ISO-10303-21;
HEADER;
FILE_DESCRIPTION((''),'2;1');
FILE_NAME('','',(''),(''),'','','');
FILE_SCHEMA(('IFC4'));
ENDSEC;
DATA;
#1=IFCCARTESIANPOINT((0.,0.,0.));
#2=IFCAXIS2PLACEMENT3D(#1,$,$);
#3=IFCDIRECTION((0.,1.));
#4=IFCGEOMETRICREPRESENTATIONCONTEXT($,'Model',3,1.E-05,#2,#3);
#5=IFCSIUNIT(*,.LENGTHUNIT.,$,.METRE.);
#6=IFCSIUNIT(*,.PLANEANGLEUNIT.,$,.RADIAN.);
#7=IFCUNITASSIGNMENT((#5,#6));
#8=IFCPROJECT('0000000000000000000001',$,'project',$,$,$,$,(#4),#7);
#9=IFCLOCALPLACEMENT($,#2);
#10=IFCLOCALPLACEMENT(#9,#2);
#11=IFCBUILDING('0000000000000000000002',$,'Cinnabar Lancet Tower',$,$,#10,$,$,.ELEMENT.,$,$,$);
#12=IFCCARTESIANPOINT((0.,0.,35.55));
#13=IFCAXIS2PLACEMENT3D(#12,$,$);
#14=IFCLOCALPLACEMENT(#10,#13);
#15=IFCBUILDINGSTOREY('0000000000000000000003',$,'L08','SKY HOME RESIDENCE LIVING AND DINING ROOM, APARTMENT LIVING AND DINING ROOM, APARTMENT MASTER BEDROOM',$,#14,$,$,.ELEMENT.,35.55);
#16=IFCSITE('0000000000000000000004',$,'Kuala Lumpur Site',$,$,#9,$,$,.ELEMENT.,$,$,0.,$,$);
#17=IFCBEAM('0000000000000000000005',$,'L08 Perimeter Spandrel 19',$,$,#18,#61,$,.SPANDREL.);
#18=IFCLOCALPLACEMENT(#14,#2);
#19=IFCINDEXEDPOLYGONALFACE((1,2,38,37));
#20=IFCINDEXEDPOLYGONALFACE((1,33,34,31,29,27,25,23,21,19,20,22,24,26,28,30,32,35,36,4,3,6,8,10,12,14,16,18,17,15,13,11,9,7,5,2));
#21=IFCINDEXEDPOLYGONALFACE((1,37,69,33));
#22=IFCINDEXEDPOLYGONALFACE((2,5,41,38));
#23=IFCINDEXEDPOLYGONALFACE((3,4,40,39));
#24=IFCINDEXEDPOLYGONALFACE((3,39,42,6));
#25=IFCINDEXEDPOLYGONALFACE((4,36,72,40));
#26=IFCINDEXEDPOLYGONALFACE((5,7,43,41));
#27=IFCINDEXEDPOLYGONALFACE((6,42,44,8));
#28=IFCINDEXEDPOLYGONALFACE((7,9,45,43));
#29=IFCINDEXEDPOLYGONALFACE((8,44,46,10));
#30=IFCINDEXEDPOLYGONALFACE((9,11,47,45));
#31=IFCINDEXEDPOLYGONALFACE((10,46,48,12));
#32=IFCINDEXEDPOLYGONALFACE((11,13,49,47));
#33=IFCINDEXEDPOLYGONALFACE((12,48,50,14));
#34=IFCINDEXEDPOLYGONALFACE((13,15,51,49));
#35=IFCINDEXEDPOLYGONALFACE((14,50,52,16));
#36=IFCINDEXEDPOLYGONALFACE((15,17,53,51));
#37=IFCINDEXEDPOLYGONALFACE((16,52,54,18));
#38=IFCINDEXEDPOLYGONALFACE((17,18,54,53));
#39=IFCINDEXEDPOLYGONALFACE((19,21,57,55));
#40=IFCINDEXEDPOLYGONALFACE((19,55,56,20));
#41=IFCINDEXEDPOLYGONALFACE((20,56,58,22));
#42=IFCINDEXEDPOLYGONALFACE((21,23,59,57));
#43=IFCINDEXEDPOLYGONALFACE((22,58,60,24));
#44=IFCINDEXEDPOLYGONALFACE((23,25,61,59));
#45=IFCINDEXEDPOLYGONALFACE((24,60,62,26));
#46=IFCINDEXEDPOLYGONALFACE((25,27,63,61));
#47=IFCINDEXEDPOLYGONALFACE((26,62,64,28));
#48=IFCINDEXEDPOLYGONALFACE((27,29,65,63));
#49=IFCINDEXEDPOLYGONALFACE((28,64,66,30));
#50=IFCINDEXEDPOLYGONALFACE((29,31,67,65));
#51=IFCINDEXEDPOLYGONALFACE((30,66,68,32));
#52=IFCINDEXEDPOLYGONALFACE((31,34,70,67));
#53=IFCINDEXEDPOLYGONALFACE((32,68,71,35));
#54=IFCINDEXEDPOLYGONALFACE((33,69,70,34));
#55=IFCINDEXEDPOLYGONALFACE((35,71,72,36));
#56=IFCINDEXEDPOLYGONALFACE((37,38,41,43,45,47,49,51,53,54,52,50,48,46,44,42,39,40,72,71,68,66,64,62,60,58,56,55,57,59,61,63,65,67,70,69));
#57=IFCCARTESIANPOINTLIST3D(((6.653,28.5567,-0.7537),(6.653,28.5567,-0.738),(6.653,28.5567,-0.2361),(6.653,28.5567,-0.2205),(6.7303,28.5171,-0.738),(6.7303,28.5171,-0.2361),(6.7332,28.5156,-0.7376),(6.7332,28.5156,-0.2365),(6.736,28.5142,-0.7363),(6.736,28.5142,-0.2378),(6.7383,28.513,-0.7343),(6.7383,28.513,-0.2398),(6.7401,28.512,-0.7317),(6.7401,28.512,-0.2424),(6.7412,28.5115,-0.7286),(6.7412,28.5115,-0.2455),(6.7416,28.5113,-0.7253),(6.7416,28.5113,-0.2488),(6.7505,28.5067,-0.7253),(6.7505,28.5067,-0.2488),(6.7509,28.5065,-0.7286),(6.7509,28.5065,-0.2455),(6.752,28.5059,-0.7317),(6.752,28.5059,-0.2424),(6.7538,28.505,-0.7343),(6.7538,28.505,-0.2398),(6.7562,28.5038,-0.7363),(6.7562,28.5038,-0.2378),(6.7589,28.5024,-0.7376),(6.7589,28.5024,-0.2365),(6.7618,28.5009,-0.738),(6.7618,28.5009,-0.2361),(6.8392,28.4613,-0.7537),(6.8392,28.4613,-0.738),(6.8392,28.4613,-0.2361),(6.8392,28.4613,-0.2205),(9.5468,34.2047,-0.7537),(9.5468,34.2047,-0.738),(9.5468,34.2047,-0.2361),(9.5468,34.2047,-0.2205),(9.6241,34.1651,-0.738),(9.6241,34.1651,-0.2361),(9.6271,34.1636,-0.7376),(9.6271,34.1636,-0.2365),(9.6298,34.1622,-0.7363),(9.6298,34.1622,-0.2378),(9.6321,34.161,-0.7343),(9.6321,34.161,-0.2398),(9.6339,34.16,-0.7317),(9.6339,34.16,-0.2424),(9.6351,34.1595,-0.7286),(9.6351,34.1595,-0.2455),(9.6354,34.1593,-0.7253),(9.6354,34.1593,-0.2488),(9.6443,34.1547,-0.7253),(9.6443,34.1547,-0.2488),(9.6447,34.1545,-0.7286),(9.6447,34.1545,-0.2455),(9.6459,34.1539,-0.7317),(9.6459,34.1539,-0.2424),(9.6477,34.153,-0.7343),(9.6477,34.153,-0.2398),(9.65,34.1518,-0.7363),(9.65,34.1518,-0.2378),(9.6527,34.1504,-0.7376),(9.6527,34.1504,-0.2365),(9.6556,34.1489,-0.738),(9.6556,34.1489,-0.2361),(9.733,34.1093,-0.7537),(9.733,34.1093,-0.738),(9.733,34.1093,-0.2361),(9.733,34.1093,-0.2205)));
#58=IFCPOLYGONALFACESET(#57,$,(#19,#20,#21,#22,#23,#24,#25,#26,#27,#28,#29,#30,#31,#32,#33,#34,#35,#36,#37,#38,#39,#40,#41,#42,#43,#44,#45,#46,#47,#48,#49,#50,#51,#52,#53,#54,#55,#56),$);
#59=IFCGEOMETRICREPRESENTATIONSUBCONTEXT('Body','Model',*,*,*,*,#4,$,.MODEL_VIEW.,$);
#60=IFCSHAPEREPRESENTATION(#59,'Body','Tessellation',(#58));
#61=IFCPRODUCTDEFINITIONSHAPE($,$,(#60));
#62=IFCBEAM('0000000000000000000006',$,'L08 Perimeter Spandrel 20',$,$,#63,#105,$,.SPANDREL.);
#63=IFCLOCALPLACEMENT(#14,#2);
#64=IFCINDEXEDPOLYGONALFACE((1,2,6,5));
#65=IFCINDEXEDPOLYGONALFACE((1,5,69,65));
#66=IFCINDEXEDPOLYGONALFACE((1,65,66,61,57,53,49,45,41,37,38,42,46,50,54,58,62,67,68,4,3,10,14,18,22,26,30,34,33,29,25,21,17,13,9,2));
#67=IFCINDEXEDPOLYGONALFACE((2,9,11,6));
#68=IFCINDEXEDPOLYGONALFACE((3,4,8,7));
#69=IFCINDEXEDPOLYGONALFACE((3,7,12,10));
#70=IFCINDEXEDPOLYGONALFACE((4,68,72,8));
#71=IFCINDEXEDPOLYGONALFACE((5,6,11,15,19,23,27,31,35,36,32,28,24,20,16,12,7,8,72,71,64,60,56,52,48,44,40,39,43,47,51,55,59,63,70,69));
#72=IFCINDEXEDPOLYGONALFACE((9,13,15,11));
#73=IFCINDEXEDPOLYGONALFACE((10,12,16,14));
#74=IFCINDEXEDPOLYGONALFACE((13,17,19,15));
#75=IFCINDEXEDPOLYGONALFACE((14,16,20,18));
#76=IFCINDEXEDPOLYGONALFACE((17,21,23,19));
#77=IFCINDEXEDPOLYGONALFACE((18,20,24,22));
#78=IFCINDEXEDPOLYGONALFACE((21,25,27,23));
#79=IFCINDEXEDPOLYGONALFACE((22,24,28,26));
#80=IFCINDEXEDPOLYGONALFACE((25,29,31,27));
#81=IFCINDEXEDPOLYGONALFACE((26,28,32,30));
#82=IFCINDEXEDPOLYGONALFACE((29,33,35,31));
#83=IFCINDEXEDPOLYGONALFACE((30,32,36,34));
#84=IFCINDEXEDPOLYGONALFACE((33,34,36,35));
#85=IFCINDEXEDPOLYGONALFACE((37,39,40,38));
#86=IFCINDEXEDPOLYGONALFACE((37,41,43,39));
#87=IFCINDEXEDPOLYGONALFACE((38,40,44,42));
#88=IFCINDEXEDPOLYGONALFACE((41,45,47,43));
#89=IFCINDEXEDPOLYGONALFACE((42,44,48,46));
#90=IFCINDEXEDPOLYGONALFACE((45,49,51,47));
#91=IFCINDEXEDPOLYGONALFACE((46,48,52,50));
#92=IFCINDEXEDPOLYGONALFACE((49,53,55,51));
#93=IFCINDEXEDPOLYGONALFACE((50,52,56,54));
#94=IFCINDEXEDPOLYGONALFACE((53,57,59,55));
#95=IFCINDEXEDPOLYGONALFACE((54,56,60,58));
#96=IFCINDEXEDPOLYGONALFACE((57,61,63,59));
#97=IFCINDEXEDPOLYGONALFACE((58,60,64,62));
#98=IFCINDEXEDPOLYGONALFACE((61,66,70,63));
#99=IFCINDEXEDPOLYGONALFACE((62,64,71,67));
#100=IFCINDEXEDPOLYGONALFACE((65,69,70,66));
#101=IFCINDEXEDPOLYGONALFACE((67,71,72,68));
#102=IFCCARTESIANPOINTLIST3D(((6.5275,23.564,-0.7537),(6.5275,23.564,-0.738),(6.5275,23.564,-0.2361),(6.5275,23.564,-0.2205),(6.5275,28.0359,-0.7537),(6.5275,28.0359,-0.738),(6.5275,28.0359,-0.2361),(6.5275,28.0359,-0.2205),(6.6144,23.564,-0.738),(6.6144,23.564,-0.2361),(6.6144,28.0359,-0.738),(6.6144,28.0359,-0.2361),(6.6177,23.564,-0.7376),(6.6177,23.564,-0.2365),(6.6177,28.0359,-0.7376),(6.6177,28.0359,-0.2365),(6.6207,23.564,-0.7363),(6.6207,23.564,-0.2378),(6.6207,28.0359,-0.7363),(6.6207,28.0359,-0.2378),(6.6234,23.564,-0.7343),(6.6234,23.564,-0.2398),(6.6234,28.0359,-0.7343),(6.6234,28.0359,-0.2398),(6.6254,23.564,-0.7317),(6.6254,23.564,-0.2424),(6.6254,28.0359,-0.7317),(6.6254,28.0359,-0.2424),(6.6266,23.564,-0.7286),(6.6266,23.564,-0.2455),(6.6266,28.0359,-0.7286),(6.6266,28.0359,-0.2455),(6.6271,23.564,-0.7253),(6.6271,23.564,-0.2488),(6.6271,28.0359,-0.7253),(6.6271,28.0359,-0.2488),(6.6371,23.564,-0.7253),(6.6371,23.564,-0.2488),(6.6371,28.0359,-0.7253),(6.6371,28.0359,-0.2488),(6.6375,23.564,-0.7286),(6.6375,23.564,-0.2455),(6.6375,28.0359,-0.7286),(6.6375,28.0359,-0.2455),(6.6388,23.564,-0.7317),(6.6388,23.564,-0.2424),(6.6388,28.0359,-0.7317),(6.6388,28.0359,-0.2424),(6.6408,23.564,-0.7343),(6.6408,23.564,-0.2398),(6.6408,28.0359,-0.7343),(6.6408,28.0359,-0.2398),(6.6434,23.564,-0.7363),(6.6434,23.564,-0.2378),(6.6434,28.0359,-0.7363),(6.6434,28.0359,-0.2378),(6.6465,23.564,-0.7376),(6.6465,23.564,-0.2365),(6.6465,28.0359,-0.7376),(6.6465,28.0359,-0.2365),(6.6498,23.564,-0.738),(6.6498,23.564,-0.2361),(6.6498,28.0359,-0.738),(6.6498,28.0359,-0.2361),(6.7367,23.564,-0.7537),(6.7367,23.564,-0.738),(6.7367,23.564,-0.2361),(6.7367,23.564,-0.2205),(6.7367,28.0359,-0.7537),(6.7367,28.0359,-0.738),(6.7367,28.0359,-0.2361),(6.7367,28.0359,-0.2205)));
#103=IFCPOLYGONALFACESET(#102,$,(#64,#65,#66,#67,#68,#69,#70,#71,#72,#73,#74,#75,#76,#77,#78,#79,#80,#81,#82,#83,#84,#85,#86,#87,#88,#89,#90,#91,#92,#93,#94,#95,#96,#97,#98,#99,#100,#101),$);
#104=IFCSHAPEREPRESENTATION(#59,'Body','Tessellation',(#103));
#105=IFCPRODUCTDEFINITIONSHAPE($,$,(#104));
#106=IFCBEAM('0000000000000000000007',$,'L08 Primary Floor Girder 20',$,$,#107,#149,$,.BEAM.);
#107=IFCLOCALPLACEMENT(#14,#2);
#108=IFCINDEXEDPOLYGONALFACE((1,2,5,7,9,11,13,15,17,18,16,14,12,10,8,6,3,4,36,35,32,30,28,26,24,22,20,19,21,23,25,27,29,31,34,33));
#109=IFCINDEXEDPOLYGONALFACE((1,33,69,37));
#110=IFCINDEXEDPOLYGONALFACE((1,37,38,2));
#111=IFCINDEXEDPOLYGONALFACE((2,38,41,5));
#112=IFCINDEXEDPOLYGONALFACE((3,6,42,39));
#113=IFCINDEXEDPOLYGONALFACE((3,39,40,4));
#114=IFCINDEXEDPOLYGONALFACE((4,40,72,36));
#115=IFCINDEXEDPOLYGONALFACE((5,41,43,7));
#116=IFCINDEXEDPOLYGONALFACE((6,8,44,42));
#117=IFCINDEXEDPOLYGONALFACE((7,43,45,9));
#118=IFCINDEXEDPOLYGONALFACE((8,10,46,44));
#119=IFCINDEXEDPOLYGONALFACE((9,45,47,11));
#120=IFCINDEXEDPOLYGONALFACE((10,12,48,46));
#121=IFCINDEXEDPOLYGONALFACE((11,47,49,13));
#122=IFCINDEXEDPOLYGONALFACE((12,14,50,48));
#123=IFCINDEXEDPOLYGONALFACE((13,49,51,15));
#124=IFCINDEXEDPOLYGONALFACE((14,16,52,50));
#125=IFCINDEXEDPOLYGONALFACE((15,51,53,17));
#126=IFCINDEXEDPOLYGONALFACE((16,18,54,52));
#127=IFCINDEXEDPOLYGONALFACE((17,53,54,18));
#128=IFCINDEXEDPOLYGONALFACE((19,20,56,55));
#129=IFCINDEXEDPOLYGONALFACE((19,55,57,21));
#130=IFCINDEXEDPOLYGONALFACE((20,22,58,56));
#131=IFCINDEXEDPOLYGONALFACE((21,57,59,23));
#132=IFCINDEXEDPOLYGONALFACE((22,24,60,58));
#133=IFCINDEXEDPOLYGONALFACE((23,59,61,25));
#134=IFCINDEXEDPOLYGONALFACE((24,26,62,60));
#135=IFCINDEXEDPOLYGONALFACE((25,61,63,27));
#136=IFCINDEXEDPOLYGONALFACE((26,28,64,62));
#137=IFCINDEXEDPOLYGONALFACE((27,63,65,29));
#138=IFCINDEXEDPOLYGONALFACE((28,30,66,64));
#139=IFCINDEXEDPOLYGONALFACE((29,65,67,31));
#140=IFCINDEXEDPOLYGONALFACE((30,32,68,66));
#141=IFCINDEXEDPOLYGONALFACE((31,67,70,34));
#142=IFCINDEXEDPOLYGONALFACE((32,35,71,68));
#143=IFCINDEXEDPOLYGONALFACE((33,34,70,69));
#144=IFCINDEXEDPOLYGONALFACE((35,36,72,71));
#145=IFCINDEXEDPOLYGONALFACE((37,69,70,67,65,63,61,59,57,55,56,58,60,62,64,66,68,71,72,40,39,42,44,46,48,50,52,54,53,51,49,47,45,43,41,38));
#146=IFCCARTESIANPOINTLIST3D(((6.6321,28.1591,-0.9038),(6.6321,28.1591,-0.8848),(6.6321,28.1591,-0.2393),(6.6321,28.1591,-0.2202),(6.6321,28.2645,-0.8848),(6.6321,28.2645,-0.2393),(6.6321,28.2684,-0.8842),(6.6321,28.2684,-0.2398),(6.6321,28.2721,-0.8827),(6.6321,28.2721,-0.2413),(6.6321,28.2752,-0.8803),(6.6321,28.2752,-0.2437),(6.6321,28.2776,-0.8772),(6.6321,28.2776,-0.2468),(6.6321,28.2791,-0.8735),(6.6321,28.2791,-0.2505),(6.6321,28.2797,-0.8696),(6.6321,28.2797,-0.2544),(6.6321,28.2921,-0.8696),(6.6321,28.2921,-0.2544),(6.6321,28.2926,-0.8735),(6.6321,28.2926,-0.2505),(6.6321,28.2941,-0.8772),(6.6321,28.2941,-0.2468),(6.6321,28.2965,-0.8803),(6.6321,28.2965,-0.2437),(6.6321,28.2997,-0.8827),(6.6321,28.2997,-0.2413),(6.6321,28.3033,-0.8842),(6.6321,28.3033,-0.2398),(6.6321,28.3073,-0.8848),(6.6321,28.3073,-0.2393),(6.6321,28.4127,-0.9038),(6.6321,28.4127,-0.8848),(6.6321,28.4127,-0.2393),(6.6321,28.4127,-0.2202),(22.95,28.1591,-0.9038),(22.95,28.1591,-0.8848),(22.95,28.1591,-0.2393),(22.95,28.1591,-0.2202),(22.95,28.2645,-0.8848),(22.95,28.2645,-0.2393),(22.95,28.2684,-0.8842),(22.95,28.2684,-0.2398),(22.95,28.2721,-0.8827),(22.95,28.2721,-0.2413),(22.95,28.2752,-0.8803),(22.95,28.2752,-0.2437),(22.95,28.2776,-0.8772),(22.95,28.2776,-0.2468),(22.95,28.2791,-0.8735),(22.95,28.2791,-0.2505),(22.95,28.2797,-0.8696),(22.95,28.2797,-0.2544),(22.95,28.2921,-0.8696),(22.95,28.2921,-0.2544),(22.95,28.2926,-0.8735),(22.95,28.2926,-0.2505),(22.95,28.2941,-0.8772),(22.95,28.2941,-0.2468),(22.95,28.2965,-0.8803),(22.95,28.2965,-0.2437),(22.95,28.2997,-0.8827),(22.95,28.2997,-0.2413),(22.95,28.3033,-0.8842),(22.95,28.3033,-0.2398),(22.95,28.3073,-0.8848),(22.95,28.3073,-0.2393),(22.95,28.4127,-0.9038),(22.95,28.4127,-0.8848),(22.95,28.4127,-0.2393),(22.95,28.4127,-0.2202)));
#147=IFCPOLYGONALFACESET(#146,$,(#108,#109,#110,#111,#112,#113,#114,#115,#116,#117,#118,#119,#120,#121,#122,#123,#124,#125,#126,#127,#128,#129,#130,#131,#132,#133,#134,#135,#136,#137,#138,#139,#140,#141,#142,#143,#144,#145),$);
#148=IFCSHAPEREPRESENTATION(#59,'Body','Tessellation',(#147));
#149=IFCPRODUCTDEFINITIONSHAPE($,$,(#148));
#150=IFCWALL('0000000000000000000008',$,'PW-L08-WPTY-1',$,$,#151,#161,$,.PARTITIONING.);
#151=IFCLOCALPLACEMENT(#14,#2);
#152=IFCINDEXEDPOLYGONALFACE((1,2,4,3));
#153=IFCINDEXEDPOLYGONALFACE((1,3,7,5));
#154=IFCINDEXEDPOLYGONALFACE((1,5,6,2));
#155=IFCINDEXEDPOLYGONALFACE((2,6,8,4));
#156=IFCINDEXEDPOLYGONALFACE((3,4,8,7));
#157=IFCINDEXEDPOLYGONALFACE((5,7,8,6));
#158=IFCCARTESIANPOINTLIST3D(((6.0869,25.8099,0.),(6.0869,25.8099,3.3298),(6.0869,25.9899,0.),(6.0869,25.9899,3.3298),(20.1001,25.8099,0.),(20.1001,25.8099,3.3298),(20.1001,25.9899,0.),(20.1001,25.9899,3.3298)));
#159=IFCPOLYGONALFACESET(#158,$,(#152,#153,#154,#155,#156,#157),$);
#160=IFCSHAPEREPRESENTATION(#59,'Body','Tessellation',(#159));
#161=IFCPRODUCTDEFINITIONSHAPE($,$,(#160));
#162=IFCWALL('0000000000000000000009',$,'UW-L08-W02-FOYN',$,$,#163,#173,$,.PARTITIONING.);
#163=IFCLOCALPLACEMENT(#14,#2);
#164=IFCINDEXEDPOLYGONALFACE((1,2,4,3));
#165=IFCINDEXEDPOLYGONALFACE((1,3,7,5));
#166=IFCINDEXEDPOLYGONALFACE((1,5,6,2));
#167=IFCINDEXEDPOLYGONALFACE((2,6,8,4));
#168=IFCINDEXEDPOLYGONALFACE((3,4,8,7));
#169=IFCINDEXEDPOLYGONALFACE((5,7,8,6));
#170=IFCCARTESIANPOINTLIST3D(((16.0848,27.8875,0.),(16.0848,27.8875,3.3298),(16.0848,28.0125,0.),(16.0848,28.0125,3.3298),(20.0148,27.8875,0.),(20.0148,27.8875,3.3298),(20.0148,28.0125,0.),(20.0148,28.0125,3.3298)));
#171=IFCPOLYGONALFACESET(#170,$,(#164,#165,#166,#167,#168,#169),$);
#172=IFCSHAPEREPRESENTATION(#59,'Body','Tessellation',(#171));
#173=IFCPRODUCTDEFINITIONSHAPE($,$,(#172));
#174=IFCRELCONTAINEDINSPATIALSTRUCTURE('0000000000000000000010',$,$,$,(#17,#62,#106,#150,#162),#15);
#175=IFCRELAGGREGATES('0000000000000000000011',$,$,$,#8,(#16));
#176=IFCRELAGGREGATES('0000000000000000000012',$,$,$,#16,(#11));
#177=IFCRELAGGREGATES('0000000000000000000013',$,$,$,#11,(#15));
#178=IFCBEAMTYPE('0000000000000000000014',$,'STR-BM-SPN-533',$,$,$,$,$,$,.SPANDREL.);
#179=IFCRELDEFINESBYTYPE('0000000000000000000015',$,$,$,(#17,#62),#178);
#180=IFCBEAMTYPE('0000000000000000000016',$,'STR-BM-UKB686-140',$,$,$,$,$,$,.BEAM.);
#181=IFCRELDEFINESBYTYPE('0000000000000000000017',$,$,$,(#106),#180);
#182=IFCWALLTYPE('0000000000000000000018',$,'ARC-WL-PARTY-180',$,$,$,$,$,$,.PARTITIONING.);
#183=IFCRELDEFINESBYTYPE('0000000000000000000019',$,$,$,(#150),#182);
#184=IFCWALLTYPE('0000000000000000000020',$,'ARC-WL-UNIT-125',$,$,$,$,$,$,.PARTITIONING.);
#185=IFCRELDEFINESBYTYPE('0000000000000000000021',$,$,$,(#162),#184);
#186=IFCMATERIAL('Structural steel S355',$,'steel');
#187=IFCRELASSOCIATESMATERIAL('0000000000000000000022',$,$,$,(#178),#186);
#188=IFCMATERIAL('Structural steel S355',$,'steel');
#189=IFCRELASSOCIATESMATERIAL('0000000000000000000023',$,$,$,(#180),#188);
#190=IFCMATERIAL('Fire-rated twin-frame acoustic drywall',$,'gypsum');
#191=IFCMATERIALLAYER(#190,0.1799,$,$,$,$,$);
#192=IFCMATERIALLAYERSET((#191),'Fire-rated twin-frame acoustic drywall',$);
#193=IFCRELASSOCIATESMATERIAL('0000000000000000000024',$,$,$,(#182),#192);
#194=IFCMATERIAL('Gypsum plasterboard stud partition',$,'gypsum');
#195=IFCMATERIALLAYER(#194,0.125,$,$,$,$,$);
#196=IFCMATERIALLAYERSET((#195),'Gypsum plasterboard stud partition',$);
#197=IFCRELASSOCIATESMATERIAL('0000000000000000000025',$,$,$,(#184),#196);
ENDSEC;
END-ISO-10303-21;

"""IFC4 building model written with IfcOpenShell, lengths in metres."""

from ifc_helpers import new_model, si_unit, direction, frame, frame_2d, origin, origin_2d, place, context, subcontext, project, spatial, rectangle, i_section, extrude, material, layer, layer_set, material_profile, profile_set, type_object, element, save


model = new_model("IFC4")

# Units and contexts
model_context = context("Model", 3, precision=1e-05, world=origin(), true_north=direction((0.0, 1.0)))
body_context = subcontext(model_context, "Body", "Model", "MODEL_VIEW")
ifc_project = project(units=[si_unit("LENGTHUNIT", "METRE"), si_unit("PLANEANGLEUNIT", "RADIAN")], contexts=[model_context])

# Site, building, storey
site_placement = place(None, origin())
site = spatial("IfcSite", under=ifc_project, at=site_placement, Name="Kuala Lumpur Site", CompositionType="ELEMENT", RefElevation=0.0)
building_placement = place(site_placement, origin())
building = spatial("IfcBuilding", under=site, at=building_placement, Name="Cinnabar Lancet Tower", CompositionType="ELEMENT")
storey_placement = place(building_placement, frame((0.0, 0.0, 35.55)))
storey = spatial("IfcBuildingStorey", under=building, at=storey_placement, Name="L08", Description="SKY HOME RESIDENCE LIVING AND DINING ROOM, APARTMENT LIVING AND DINING ROOM, APARTMENT MASTER BEDROOM", CompositionType="ELEMENT", Elevation=35.55)

# Beams
ifc_material_1 = material(Name="Structural steel S355", Category="steel")
ifc_material_profile_1 = material_profile(ifc_material_1, i_section(OverallWidth=0.2092, OverallDepth=0.5332, WebThickness=0.01, FlangeThickness=0.0156, FilletRadius=0.0127, at=origin_2d()), Name="UKB 533x210x92")
ifc_profile_set_1 = profile_set([ifc_material_profile_1], Name="Structural steel S355")
beam_type_1 = type_object("IfcBeamType", Name="STR-BM-SPN-533", PredefinedType="SPANDREL", material=ifc_profile_set_1)
beam_1_placement = place(storey_placement, frame((9.6399, 34.157, -0.4871), z_axis=(-0.455994, -0.889983, 0.0), x_axis=(0.889983, -0.455994, 0.0)))
element("IfcBeam", 1, at=beam_1_placement, inside=storey, type_object=beam_type_1, Name="L08 Perimeter Spandrel 19", PredefinedType="SPANDREL", context=body_context, shape_type="SweptSolid", body=[
    extrude(i_section(OverallWidth=0.2092, OverallDepth=0.5332, WebThickness=0.01, FlangeThickness=0.0156, FilletRadius=0.0127, at=origin_2d()), origin(), (0.0, 0.0, 1.0), 6.3462),
])
beam_2_placement = place(storey_placement, frame((6.6321, 28.0359, -0.4871), z_axis=(0.0, -1.0, 0.0), x_axis=(1.0, 0.0, 0.0)))
element("IfcBeam", 2, at=beam_2_placement, inside=storey, type_object=beam_type_1, Name="L08 Perimeter Spandrel 20", PredefinedType="SPANDREL", context=body_context, shape_type="SweptSolid", body=[
    extrude(i_section(OverallWidth=0.2092, OverallDepth=0.5332, WebThickness=0.01, FlangeThickness=0.0156, FilletRadius=0.0127, at=origin_2d()), origin(), (0.0, 0.0, 1.0), 4.4719),
])
ifc_material_2 = material(Name="Structural steel S355", Category="steel")
ifc_material_profile_2 = material_profile(ifc_material_2, i_section(OverallWidth=0.2537, OverallDepth=0.6836, WebThickness=0.0125, FlangeThickness=0.019, FilletRadius=0.0151, at=origin_2d()), Name="UKB 686x254x140")
ifc_profile_set_2 = profile_set([ifc_material_profile_2], Name="Structural steel S355")
beam_type_2 = type_object("IfcBeamType", Name="STR-BM-UKB686-140", PredefinedType="BEAM", material=ifc_profile_set_2)
beam_3_placement = place(storey_placement, frame((6.6321, 28.2859, -0.562), z_axis=(1.0, 0.0, 0.0), x_axis=(0.0, 1.0, 0.0)))
element("IfcBeam", 3, at=beam_3_placement, inside=storey, type_object=beam_type_2, Name="L08 Primary Floor Girder 20", PredefinedType="BEAM", context=body_context, shape_type="SweptSolid", body=[
    extrude(i_section(OverallWidth=0.2537, OverallDepth=0.6836, WebThickness=0.0125, FlangeThickness=0.019, FilletRadius=0.0151, at=origin_2d()), origin(), (0.0, 0.0, 1.0), 16.3179),
])

# Walls
ifc_material_3 = material(Name="Fire-rated twin-frame acoustic drywall", Category="gypsum")
ifc_layer_1 = layer(ifc_material_3, 0.1799)
ifc_layer_set_1 = layer_set([ifc_layer_1], Name="Fire-rated twin-frame acoustic drywall")
wall_type_1 = type_object("IfcWallType", Name="ARC-WL-PARTY-180", PredefinedType="PARTITIONING", material=ifc_layer_set_1)
wall_1_placement = place(storey_placement, frame((6.0869, 25.8999, 0.0), z_axis=(0.0, 0.0, 1.0), x_axis=(1.0, 0.0, 0.0)))
element("IfcWall", 4, at=wall_1_placement, inside=storey, type_object=wall_type_1, Name="PW-L08-WPTY-1", PredefinedType="PARTITIONING", context=body_context, shape_type="SweptSolid", body=[
    extrude(rectangle(XDim=14.0132, YDim=0.1799, at=frame_2d((7.0066, 0.0))), origin(), (0.0, 0.0, 1.0), 3.3298),
])
ifc_material_4 = material(Name="Gypsum plasterboard stud partition", Category="gypsum")
ifc_layer_2 = layer(ifc_material_4, 0.125)
ifc_layer_set_2 = layer_set([ifc_layer_2], Name="Gypsum plasterboard stud partition")
wall_type_2 = type_object("IfcWallType", Name="ARC-WL-UNIT-125", PredefinedType="PARTITIONING", material=ifc_layer_set_2)
wall_2_placement = place(storey_placement, frame((16.085, 27.95, 0.0), z_axis=(0.0, 0.0, 1.0), x_axis=(1.0, 0.0, 0.0)))
element("IfcWall", 5, at=wall_2_placement, inside=storey, type_object=wall_type_2, Name="UW-L08-W02-FOYN", PredefinedType="PARTITIONING", context=body_context, shape_type="SweptSolid", body=[
    extrude(rectangle(XDim=3.9299, YDim=0.125, at=frame_2d((1.9648, 0.0))), origin(), (0.0, 0.0, 1.0), 3.3298),
])

save(model, "model.ifc")
